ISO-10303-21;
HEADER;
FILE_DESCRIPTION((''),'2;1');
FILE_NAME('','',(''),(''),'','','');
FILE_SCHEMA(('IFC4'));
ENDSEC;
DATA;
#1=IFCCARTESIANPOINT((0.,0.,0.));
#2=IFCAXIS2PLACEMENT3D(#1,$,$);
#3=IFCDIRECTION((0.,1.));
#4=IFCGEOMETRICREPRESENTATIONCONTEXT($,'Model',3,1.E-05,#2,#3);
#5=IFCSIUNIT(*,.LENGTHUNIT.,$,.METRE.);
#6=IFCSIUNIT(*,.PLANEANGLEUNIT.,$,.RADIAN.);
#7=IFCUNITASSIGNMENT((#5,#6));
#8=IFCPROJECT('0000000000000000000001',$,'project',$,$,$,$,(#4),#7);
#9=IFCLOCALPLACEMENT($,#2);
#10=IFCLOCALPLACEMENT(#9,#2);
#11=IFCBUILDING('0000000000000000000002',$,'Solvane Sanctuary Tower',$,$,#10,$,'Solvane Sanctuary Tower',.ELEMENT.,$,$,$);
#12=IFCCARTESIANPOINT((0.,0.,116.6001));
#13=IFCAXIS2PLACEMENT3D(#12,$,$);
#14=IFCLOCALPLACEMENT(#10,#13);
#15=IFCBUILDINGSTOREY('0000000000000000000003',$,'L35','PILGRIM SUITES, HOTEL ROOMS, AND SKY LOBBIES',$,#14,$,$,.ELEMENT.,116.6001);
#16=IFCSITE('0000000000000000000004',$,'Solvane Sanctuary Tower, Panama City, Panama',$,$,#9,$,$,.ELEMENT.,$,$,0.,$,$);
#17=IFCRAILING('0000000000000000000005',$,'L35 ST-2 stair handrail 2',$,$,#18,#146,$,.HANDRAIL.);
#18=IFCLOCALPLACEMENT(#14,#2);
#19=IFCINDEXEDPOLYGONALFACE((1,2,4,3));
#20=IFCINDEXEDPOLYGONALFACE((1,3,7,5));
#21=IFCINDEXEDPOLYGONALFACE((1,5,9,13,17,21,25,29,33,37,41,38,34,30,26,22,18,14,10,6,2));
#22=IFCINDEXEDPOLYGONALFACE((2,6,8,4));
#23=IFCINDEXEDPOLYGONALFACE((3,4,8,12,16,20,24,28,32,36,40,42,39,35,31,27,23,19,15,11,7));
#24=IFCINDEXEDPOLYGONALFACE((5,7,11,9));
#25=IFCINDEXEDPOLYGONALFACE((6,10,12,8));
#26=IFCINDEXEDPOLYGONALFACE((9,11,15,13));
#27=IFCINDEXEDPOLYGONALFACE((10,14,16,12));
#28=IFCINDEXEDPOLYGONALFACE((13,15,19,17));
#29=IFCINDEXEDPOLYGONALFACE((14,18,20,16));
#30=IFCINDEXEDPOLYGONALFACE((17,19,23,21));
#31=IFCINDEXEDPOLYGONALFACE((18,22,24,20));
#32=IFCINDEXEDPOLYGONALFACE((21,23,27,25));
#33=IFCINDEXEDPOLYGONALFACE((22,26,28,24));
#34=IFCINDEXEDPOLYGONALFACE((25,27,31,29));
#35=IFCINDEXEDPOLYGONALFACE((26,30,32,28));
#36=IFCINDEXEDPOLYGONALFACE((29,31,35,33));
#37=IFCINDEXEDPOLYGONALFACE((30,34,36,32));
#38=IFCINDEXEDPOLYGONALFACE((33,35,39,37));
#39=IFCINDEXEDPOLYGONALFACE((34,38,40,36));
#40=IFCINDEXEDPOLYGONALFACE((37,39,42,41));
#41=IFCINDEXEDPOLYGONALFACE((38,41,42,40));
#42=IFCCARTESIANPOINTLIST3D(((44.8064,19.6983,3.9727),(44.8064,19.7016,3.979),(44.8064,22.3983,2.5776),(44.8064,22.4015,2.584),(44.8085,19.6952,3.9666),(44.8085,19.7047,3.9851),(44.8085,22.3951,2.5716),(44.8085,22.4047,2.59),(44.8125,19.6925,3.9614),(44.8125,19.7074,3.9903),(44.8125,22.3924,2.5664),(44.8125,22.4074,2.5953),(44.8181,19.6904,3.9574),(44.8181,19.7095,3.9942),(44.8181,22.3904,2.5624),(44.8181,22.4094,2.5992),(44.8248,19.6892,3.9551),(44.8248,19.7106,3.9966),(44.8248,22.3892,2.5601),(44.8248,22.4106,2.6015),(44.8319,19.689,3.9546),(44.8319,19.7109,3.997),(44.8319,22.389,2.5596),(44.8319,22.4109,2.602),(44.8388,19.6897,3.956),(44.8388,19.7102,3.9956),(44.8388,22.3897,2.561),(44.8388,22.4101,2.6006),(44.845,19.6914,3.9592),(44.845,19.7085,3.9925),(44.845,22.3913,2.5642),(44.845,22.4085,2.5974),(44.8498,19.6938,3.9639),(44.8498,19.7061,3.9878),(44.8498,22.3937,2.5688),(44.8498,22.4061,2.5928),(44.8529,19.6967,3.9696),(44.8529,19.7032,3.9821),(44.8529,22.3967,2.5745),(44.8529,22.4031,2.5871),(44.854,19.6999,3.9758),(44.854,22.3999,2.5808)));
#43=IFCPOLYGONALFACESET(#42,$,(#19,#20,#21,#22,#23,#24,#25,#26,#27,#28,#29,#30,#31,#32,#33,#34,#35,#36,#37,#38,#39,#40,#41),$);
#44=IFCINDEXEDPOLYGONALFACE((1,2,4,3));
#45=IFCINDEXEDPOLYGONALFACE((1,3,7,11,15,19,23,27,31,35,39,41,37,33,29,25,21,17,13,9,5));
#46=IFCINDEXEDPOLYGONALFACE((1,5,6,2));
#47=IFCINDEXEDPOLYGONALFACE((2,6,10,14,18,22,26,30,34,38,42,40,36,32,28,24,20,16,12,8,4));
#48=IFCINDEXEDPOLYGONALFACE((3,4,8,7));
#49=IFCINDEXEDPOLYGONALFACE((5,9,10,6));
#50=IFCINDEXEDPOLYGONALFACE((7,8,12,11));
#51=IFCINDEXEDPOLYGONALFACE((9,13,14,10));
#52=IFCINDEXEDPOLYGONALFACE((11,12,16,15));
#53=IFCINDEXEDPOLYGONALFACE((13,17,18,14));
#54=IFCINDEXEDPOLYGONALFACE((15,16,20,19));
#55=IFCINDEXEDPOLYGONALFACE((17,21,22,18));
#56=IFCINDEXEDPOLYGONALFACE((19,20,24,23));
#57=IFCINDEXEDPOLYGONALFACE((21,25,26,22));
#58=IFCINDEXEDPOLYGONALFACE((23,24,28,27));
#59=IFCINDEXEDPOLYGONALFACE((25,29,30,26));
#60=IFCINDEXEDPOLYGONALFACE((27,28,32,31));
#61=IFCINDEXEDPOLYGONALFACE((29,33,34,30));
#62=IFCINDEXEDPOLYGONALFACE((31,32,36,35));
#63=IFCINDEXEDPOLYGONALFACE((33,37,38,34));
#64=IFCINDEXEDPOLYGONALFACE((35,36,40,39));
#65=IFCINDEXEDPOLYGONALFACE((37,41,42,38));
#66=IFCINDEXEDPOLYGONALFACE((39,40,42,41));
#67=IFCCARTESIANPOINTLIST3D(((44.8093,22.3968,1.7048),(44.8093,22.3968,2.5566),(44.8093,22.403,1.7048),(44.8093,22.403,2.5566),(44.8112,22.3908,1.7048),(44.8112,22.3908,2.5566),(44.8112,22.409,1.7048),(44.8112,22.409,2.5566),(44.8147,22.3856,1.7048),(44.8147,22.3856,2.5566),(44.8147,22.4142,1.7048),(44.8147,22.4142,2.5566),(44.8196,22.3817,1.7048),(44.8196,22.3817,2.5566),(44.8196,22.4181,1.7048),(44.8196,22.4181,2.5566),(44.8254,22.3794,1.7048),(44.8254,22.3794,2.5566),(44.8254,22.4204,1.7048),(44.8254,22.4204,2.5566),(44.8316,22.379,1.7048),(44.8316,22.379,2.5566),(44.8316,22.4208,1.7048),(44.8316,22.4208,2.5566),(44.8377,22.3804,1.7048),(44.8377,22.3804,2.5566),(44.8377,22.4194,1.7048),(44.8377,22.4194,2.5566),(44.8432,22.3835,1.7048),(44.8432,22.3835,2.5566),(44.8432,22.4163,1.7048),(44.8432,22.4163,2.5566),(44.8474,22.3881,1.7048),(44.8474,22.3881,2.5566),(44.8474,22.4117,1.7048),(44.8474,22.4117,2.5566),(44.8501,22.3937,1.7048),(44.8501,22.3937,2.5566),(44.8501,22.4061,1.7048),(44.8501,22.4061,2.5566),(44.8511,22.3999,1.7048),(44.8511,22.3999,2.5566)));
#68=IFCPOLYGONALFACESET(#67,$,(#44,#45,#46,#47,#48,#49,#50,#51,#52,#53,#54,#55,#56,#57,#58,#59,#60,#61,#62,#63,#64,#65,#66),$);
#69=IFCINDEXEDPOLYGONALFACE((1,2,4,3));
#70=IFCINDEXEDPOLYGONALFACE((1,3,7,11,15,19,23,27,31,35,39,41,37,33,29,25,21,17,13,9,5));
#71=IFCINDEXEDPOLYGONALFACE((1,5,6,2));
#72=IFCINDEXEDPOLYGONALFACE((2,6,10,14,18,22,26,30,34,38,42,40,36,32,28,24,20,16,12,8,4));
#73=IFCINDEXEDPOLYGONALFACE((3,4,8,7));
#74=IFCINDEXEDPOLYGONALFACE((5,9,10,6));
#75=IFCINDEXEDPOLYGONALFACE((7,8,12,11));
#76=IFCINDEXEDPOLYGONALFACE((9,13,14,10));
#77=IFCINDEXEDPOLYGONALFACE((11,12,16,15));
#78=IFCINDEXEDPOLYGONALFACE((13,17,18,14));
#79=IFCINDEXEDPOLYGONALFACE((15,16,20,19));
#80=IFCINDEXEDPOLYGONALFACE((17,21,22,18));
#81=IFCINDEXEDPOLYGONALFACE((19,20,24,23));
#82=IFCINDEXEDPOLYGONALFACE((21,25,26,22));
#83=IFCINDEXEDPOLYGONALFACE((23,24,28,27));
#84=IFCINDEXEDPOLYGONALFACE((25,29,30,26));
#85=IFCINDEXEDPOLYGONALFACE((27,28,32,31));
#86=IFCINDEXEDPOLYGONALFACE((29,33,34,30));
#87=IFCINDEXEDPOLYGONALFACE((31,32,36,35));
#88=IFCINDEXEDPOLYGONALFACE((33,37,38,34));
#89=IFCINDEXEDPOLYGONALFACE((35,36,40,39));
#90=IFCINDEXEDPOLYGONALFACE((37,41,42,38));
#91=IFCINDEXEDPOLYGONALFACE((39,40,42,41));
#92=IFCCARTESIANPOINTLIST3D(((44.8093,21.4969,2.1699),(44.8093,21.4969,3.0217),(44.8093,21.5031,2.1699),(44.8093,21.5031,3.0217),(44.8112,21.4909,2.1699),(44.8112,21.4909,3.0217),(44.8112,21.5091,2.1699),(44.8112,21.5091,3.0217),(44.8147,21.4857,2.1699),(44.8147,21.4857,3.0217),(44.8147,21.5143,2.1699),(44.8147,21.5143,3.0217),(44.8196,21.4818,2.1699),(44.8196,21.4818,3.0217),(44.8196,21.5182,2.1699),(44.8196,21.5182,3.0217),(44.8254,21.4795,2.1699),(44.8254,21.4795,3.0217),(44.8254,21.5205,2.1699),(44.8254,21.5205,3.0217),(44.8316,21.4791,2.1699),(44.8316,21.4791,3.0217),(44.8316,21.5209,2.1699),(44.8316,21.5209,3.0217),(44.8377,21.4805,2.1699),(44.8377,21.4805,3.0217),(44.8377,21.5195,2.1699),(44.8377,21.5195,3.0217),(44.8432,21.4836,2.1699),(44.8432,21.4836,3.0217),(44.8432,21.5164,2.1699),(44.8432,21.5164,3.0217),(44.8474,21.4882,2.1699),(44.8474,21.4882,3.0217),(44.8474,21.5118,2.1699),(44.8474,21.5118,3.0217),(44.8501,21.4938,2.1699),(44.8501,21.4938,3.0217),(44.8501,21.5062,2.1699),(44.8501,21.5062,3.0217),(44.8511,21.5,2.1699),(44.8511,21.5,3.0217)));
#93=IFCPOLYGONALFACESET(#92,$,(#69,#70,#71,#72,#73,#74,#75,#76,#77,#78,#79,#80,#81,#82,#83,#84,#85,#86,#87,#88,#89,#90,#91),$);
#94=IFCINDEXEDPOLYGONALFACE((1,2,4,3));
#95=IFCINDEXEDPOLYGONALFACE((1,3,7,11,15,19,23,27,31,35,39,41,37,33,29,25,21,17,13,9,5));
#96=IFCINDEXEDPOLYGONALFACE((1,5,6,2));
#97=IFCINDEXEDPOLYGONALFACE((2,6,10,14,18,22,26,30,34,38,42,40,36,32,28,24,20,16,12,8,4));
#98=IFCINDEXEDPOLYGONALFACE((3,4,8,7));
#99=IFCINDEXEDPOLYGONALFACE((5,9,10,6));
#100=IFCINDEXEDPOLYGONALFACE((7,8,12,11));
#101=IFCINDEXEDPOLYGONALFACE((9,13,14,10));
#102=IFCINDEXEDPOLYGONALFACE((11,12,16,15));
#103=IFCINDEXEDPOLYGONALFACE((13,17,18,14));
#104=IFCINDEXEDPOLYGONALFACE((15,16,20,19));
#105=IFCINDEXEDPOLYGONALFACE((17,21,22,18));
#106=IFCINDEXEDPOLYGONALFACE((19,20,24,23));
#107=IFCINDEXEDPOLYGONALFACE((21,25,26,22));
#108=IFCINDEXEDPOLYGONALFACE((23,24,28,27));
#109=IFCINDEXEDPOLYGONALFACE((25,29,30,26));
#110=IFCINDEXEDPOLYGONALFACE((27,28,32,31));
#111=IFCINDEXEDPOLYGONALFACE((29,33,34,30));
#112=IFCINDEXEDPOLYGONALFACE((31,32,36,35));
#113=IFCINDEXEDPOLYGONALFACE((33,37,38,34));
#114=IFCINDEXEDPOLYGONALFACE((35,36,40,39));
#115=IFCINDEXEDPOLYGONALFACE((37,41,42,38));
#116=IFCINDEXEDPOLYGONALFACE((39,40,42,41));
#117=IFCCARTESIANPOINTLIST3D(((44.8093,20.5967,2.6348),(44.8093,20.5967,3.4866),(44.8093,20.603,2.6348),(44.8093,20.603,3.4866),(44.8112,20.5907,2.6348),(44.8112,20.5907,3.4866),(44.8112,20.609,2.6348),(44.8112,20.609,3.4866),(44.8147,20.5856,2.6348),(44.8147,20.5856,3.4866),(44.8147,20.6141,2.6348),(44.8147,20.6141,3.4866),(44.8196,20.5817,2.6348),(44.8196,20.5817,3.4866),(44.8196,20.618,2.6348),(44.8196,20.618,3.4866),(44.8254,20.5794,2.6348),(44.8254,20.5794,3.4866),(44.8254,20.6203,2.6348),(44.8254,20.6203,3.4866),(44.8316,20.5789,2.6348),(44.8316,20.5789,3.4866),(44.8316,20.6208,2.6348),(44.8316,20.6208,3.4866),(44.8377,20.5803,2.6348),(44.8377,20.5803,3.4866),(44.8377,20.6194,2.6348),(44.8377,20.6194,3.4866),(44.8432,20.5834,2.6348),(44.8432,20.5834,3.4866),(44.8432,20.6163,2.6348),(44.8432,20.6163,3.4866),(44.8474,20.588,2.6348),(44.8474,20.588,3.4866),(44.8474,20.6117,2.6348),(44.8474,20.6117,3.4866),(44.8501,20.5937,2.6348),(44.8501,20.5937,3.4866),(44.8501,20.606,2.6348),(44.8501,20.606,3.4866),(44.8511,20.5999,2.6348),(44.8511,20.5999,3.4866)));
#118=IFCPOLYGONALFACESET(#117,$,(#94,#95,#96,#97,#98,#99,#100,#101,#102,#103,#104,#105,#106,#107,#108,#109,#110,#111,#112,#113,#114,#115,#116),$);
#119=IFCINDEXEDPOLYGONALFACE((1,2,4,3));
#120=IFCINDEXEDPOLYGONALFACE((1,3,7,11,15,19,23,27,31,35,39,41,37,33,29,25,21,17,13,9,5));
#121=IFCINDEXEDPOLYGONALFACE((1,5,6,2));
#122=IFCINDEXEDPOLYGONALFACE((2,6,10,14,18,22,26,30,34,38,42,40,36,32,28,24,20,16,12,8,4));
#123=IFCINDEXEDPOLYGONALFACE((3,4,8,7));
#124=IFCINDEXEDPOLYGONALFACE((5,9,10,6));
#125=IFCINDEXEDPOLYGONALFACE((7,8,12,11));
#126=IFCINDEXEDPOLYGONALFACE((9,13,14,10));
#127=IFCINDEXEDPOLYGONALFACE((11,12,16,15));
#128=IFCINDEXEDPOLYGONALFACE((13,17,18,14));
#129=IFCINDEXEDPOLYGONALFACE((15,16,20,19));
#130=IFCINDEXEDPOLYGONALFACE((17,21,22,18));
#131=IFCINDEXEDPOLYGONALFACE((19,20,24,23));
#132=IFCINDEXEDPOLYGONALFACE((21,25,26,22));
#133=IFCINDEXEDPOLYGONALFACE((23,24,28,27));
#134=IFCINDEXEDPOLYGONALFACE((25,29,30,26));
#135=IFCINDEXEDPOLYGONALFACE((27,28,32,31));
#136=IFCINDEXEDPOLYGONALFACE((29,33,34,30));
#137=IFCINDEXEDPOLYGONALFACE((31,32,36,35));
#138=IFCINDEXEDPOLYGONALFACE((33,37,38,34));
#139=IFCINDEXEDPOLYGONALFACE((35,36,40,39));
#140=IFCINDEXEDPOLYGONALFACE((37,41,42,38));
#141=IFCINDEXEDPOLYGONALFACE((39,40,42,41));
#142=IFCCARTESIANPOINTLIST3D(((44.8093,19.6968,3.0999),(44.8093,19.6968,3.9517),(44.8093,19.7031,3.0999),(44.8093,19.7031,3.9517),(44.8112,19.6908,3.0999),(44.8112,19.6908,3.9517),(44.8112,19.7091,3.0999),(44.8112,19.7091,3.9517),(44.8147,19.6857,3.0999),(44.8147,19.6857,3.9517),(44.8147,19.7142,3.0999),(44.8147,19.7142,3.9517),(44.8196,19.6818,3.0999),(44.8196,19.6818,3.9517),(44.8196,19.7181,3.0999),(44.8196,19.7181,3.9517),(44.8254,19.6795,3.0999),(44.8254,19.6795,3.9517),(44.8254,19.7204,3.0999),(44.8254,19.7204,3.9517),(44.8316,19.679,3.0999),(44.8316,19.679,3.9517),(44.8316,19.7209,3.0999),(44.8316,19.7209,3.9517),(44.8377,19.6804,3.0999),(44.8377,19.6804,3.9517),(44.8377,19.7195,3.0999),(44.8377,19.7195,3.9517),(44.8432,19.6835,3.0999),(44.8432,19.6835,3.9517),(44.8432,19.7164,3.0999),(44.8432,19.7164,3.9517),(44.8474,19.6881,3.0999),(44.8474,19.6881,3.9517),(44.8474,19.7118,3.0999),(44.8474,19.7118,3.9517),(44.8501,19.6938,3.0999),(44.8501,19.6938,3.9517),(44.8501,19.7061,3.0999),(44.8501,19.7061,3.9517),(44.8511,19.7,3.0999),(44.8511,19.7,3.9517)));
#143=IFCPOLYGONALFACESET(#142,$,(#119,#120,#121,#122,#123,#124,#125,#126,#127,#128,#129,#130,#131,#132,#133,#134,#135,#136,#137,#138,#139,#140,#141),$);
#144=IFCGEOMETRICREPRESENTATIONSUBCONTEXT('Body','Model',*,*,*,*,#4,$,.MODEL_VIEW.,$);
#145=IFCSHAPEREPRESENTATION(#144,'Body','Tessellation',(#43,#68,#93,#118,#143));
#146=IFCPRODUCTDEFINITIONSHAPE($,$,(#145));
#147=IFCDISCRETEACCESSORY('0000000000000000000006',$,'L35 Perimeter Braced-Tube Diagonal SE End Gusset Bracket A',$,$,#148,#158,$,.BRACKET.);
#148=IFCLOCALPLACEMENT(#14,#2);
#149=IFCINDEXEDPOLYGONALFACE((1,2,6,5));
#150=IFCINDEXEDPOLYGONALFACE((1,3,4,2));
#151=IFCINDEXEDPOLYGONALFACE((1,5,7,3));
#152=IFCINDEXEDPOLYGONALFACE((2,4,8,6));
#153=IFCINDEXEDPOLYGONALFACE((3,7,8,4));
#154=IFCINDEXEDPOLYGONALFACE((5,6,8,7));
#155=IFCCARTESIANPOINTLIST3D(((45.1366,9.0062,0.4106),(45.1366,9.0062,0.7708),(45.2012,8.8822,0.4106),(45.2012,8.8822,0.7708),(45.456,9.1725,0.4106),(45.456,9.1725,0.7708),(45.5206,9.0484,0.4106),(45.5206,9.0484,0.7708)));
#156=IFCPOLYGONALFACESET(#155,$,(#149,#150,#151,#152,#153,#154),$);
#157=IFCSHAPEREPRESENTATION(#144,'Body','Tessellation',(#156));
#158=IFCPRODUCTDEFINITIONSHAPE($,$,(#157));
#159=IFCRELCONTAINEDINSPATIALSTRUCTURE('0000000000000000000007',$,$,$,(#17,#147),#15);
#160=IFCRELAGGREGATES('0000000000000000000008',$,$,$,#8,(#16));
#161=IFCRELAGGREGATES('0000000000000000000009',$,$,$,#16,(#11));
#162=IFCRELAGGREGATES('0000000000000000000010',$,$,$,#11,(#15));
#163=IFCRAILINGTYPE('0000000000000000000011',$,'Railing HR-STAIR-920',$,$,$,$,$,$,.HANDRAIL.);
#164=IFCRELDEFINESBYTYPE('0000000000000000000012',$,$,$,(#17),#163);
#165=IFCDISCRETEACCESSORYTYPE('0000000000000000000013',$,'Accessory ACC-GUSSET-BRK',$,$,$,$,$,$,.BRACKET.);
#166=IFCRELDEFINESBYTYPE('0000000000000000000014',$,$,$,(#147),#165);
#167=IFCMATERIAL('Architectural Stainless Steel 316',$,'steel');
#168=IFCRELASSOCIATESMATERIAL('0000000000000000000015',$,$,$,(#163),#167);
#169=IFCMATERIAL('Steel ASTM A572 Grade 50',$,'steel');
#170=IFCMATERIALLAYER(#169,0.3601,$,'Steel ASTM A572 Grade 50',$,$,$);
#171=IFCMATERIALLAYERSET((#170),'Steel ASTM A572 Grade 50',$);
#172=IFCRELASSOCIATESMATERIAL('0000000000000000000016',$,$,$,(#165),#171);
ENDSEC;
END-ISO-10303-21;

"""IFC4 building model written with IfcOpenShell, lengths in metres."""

from ifc_helpers import new_model, si_unit, direction, frame, origin, origin_2d, place, context, subcontext, project, spatial, rectangle, circle, extrude, material, layer, layer_set, type_object, element, save


model = new_model("IFC4")

# Units and contexts
model_context = context("Model", 3, precision=1e-05, world=origin(), true_north=direction((0.0, 1.0)))
body_context = subcontext(model_context, "Body", "Model", "MODEL_VIEW")
ifc_project = project(units=[si_unit("LENGTHUNIT", "METRE"), si_unit("PLANEANGLEUNIT", "RADIAN")], contexts=[model_context])

# Site, building, storey
site_placement = place(None, origin())
site = spatial("IfcSite", under=ifc_project, at=site_placement, Name="Solvane Sanctuary Tower, Panama City, Panama", CompositionType="ELEMENT", RefElevation=0.0)
building_placement = place(site_placement, origin())
building = spatial("IfcBuilding", under=site, at=building_placement, Name="Solvane Sanctuary Tower", LongName="Solvane Sanctuary Tower", CompositionType="ELEMENT")
storey_placement = place(building_placement, frame((0.0, 0.0, 116.6001)))
storey = spatial("IfcBuildingStorey", under=building, at=storey_placement, Name="L35", Description="PILGRIM SUITES, HOTEL ROOMS, AND SKY LOBBIES", CompositionType="ELEMENT", Elevation=116.6001)

# Shared definitions
ifc_material_1 = material(Name="Architectural Stainless Steel 316", Category="steel")

# Railing
railing_type = type_object("IfcRailingType", Name="Railing HR-STAIR-920", PredefinedType="HANDRAIL", material=ifc_material_1)
railing_placement = place(storey_placement, frame((44.8301, 22.3999, 1.7048)))
element("IfcRailing", 1, at=railing_placement, inside=storey, type_object=railing_type, Name="L35 ST-2 stair handrail 2", PredefinedType="HANDRAIL", context=body_context, shape_type="SweptSolid", body=[
    extrude(circle(Radius=0.0239, at=origin_2d()), frame((0.0, 0.0, 0.876), z_axis=(0.0, -0.88842, 0.459032), x_axis=(1.0, 0.0, 0.0)), (0.0, 0.0, 1.0), 3.0391),
    extrude(circle(Radius=0.021, at=origin_2d()), origin(), (0.0, 0.0, 1.0), 0.8518),
    extrude(circle(Radius=0.021, at=origin_2d()), frame((0.0, -0.8999, 0.4651)), (0.0, 0.0, 1.0), 0.8518),
    extrude(circle(Radius=0.021, at=origin_2d()), frame((0.0, -1.8, 0.9299)), (0.0, 0.0, 1.0), 0.8518),
    extrude(circle(Radius=0.021, at=origin_2d()), frame((0.0, -2.7, 1.395)), (0.0, 0.0, 1.0), 0.8518),
])

# Discrete accessory
ifc_material_2 = material(Name="Steel ASTM A572 Grade 50", Category="steel")
ifc_layer_1 = layer(ifc_material_2, 0.3601, Name="Steel ASTM A572 Grade 50")
ifc_layer_set_1 = layer_set([ifc_layer_1], Name="Steel ASTM A572 Grade 50")
discrete_accessory_type = type_object("IfcDiscreteAccessoryType", Name="Accessory ACC-GUSSET-BRK", PredefinedType="BRACKET", material=ifc_layer_set_1)
discrete_accessory_placement = place(storey_placement, frame((45.3286, 9.0273, 0.4106), z_axis=(0.0, 0.0, 1.0), x_axis=(0.887011, 0.461749, 0.0)))
element("IfcDiscreteAccessory", 2, at=discrete_accessory_placement, inside=storey, type_object=discrete_accessory_type, Name="L35 Perimeter Braced-Tube Diagonal SE End Gusset Bracket A", PredefinedType="BRACKET", context=body_context, shape_type="SweptSolid", body=[
    extrude(rectangle(XDim=0.3601, YDim=0.1399, at=origin_2d()), origin(), (0.0, 0.0, 1.0), 0.3601),
])

save(model, "model.ifc")
